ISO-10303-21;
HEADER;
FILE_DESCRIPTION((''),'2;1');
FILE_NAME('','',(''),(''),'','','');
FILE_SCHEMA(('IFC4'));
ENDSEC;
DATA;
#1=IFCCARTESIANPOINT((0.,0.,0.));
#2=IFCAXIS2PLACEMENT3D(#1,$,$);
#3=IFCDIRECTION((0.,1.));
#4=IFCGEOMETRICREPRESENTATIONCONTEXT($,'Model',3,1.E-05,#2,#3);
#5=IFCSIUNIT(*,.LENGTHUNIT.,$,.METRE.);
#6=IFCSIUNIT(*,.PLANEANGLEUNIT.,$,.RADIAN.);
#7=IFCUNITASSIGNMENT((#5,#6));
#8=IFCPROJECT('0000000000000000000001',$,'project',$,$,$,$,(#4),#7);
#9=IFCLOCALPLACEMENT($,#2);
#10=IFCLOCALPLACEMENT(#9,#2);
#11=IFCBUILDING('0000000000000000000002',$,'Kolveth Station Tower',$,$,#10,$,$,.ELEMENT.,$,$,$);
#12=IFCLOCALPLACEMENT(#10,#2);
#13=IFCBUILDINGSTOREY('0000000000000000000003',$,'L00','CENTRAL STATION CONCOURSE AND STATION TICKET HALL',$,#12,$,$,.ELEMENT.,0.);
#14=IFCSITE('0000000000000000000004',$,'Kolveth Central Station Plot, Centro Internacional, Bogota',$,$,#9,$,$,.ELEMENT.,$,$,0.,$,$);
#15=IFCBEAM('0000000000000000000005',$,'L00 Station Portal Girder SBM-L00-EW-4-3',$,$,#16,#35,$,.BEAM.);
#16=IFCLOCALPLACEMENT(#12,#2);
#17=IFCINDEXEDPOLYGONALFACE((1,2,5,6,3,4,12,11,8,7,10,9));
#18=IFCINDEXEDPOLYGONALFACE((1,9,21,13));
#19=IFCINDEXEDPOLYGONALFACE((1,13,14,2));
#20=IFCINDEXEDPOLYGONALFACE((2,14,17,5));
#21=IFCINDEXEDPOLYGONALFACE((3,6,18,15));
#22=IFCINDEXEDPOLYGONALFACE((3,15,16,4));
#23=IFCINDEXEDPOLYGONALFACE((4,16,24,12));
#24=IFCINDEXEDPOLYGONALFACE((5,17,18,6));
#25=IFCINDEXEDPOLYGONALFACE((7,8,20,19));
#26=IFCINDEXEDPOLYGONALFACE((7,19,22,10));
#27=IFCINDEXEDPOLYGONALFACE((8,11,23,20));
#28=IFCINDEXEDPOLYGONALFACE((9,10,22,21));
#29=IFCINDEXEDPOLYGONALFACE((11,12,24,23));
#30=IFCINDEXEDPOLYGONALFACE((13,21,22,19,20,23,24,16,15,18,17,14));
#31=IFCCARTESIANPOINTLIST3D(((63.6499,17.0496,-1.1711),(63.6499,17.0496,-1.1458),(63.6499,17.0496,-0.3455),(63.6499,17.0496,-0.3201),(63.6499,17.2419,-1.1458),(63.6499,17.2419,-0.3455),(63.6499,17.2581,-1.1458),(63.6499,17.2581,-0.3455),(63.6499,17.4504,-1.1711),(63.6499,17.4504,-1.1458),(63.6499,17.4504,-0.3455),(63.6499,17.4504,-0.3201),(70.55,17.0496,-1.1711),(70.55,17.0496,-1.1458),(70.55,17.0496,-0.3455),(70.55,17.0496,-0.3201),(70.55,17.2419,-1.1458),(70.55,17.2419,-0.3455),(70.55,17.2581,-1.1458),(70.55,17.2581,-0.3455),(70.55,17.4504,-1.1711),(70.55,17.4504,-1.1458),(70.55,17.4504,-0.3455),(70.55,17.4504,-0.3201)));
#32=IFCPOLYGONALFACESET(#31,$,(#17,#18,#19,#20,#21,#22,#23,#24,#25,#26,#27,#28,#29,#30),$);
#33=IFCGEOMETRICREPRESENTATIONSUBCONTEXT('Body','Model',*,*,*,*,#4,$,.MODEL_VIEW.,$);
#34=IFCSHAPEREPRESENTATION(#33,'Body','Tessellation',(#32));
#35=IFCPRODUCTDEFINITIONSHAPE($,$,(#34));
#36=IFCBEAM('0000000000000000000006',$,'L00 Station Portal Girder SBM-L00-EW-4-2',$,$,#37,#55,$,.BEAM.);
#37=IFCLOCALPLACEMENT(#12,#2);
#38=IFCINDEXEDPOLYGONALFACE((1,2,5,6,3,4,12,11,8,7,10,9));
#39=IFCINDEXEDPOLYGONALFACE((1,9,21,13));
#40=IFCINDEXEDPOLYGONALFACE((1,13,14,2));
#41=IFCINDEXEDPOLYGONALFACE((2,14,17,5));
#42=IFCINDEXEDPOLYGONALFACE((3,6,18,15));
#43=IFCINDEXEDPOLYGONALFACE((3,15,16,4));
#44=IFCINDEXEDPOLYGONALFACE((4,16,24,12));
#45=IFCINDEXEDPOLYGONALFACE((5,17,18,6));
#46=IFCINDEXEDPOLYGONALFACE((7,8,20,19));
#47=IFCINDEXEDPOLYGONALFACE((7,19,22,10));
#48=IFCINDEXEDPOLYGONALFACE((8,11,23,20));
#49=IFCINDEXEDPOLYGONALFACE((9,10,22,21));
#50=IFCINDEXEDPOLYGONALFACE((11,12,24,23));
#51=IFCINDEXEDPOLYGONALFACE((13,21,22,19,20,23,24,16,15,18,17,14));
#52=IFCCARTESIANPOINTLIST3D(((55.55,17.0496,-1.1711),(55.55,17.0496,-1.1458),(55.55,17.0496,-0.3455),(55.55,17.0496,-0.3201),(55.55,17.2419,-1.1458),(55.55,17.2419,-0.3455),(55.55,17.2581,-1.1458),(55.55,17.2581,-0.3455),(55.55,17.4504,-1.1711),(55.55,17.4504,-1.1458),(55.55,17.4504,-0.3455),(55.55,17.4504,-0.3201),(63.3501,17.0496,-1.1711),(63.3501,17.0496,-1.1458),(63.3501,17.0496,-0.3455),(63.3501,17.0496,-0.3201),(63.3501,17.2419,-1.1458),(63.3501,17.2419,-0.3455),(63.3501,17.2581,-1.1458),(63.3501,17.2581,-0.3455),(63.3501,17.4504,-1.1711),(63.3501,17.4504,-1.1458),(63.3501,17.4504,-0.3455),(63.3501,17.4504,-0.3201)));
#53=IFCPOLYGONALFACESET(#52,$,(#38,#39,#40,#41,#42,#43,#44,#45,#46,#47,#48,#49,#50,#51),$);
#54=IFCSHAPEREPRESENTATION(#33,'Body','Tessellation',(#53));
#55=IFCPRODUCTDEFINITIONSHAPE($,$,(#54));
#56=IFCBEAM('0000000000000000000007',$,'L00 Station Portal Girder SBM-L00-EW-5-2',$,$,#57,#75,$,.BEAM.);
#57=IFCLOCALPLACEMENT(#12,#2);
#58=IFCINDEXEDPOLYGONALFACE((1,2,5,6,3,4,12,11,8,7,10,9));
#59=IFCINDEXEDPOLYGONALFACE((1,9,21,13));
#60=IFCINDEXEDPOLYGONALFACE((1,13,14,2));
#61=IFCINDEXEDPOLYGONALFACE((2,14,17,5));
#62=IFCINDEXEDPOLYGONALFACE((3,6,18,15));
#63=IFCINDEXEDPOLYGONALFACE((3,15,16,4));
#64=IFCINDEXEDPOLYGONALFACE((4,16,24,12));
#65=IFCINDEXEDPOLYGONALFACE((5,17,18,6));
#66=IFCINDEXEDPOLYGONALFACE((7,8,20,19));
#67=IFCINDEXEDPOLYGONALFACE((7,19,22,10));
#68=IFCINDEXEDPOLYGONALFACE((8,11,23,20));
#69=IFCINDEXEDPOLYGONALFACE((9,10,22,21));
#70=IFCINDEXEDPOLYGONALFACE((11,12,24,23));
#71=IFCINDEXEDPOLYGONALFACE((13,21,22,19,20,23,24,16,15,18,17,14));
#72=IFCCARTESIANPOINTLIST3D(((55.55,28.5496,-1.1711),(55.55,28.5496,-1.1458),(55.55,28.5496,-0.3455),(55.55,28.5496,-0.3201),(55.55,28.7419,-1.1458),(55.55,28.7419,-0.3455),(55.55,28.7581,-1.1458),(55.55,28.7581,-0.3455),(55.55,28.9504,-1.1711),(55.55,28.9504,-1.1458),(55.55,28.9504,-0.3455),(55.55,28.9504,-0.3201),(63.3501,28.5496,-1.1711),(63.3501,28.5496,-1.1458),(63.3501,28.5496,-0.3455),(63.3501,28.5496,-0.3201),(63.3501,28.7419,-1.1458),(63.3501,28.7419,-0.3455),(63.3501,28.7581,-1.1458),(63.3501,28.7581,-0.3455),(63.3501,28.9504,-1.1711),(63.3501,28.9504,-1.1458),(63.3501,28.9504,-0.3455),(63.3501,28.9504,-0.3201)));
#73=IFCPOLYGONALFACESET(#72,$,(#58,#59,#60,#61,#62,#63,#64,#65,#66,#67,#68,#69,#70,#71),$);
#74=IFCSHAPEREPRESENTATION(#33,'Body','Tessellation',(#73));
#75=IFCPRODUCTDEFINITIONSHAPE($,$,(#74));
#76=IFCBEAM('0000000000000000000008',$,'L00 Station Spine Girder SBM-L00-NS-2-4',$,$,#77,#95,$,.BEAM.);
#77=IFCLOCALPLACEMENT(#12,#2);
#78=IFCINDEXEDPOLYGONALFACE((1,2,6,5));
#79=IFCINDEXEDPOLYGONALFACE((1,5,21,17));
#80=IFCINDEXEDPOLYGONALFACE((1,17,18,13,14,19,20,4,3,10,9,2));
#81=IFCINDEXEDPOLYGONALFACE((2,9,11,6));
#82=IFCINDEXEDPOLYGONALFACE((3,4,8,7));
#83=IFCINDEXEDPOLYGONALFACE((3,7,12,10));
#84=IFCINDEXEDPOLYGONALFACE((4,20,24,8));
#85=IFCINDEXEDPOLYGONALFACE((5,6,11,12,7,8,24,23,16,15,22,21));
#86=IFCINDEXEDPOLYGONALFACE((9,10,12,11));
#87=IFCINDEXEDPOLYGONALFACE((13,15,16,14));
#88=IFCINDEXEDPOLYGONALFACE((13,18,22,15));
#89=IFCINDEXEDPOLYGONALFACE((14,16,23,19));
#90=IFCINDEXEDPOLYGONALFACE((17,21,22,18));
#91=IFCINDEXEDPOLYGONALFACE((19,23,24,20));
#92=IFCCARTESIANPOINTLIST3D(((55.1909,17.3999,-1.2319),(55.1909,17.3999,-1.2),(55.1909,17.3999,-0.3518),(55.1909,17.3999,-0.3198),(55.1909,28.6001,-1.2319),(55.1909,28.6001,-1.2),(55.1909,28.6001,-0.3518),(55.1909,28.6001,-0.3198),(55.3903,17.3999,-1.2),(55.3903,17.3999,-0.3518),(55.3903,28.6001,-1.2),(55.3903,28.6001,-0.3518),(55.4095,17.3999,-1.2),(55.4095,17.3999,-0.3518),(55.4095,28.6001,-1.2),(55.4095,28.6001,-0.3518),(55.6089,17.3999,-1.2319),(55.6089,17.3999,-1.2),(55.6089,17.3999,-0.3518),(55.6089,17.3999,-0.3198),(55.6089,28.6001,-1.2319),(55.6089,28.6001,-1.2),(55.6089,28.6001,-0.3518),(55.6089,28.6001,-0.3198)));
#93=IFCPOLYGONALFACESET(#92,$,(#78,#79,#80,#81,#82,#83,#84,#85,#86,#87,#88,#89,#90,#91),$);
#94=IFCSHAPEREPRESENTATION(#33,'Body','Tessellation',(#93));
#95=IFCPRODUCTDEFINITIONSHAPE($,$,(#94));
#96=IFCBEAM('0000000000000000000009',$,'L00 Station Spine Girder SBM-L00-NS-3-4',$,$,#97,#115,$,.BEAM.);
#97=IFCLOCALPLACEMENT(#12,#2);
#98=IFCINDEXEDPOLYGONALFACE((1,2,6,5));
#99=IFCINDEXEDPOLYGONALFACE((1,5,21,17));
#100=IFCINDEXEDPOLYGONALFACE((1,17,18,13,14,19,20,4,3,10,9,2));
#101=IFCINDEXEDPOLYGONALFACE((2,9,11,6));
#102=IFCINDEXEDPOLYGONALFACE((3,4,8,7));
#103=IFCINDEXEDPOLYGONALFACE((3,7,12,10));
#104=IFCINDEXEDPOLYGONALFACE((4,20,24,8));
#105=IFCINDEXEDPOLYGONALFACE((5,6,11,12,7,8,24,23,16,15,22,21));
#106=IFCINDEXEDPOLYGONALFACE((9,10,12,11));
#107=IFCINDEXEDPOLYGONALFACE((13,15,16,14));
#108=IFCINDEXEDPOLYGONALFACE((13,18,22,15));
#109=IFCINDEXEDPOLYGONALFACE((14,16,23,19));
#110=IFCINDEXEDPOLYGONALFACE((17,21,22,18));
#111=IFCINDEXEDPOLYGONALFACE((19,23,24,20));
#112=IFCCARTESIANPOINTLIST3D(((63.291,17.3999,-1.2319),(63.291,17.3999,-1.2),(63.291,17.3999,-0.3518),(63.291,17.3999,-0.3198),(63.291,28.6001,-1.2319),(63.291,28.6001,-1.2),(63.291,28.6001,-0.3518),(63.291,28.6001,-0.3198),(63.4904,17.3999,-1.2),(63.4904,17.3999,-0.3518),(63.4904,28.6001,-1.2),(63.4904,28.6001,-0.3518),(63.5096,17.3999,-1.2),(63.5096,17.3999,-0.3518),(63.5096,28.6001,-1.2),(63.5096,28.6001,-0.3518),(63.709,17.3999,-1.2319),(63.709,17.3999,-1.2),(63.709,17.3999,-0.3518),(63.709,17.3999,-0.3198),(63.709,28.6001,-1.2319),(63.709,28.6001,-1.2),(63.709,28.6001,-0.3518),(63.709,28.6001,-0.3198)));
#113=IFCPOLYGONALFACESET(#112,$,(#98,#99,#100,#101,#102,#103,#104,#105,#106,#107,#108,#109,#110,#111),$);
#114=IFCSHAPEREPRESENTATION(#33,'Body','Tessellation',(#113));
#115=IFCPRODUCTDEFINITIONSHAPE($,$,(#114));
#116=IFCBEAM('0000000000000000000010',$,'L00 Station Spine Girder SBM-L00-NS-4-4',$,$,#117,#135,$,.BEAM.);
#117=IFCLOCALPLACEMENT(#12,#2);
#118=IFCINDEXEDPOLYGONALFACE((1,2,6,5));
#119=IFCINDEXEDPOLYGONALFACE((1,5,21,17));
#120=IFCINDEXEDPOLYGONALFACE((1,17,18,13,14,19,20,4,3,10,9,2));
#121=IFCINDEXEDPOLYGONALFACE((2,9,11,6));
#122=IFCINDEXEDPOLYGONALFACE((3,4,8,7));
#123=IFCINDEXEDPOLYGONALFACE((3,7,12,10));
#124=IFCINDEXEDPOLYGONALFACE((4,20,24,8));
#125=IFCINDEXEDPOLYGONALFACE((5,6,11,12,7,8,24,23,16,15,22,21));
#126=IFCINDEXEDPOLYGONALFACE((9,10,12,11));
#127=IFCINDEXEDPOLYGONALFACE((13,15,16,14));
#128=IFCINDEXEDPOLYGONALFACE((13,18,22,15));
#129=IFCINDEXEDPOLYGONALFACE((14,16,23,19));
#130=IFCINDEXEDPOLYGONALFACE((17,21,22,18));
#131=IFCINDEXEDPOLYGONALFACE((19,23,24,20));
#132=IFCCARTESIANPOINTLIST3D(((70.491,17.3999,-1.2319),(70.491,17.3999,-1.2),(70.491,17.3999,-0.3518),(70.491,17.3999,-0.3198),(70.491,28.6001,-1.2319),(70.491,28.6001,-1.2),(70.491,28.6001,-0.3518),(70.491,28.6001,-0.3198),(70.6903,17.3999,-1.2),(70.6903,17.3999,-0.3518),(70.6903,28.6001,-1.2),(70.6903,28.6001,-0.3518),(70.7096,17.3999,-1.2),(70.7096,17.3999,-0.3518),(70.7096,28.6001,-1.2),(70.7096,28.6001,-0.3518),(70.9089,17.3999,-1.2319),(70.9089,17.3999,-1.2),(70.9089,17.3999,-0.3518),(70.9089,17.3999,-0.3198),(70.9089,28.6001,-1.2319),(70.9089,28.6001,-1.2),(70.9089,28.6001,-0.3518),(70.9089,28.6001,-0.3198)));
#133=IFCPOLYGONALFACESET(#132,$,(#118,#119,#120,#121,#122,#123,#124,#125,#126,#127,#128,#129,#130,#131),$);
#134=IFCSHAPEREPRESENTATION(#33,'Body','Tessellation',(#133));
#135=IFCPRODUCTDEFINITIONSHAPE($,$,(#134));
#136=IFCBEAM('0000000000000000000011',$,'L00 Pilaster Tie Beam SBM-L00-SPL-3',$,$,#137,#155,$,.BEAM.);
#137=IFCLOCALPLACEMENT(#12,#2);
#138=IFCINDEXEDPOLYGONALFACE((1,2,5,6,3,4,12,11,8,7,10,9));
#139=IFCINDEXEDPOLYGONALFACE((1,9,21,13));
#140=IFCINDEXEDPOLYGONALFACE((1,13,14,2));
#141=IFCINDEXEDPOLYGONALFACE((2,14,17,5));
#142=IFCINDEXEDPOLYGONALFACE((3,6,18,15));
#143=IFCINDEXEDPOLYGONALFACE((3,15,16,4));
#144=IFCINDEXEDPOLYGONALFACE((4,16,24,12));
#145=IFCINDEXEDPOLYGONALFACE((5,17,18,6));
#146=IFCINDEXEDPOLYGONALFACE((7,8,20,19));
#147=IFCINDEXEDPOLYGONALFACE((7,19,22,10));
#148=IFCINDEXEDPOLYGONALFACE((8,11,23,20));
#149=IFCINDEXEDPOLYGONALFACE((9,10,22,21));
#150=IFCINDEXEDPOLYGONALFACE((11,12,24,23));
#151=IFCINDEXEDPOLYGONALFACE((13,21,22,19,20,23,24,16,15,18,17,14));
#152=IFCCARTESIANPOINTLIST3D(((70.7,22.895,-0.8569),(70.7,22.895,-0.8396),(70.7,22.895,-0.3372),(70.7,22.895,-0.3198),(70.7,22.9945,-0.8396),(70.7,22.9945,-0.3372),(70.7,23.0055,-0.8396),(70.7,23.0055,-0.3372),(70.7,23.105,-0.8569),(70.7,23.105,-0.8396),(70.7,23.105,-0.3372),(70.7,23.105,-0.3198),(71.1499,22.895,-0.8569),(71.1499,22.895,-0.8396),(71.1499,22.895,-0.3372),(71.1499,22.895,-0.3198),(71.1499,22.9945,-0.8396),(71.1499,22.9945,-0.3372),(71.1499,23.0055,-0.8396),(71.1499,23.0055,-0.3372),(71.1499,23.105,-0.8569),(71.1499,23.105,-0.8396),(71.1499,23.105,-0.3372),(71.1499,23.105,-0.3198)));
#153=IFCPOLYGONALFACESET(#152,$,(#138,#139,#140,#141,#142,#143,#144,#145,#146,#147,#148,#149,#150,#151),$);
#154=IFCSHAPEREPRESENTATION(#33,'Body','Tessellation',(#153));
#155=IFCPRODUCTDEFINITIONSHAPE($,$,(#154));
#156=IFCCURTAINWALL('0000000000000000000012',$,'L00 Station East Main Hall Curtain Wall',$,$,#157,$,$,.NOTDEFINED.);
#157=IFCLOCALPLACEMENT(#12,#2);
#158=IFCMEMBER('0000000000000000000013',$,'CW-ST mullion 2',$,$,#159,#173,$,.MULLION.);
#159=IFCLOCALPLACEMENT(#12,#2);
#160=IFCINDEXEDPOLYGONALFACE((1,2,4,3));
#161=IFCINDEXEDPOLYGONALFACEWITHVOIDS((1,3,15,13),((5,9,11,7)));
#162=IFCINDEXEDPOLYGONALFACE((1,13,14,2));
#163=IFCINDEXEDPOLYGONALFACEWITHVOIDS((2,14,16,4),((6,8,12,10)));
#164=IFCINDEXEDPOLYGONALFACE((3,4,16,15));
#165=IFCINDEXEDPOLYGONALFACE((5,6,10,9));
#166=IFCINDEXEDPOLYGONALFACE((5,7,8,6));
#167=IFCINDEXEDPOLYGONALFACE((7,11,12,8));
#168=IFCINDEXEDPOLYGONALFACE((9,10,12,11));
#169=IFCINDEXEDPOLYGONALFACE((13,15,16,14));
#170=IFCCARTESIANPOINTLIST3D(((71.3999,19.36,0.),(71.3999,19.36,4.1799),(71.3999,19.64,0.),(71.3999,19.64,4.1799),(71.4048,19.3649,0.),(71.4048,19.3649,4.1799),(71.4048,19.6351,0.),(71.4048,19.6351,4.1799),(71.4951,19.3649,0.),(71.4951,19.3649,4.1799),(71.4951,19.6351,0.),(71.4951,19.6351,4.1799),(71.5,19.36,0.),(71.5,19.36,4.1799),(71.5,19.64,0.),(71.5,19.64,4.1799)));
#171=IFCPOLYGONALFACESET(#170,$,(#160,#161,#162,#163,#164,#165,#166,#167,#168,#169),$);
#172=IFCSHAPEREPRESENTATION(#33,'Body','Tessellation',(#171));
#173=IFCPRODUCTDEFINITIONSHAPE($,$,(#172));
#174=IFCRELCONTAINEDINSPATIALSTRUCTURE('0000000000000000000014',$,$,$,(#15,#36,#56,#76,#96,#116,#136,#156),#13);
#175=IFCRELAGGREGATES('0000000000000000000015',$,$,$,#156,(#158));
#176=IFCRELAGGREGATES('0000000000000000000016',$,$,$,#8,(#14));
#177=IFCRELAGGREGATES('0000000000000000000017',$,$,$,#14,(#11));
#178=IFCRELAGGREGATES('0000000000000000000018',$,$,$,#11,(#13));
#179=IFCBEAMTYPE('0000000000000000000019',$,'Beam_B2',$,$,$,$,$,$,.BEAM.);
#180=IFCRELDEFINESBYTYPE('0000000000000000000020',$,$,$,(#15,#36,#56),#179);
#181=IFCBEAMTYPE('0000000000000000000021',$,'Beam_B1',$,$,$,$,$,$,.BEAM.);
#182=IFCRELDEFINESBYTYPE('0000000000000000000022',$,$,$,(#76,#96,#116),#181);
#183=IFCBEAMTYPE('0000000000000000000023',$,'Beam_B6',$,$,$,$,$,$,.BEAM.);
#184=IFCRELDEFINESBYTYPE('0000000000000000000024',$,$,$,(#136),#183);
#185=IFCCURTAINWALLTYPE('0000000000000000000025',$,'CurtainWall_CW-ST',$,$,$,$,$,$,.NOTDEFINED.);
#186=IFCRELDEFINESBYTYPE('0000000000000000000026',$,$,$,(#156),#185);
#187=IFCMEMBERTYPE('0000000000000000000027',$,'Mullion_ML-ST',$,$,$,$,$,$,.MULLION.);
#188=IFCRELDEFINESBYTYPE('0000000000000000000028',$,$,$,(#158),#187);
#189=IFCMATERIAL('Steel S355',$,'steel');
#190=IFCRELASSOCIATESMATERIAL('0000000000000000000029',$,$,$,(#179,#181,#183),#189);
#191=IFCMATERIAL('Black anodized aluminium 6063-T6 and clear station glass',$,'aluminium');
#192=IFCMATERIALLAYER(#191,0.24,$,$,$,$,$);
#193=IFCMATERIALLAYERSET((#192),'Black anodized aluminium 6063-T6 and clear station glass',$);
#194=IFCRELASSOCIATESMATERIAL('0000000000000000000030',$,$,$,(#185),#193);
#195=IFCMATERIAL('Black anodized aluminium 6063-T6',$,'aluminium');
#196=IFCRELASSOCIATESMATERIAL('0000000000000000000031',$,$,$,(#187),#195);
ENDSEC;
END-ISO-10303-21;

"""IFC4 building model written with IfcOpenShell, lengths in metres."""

from ifc_helpers import new_model, si_unit, direction, frame, origin, origin_2d, place, context, subcontext, project, spatial, hollow_rectangle, i_section, extrude, source, transform, mapped, material, layer, layer_set, material_profile, profile_set, type_object, element, aggregate, save


model = new_model("IFC4")

# Units and contexts
model_context = context("Model", 3, precision=1e-05, world=origin(), true_north=direction((0.0, 1.0)))
body_context = subcontext(model_context, "Body", "Model", "MODEL_VIEW")
ifc_project = project(units=[si_unit("LENGTHUNIT", "METRE"), si_unit("PLANEANGLEUNIT", "RADIAN")], contexts=[model_context])

# Site, building, storey
site_placement = place(None, origin())
site = spatial("IfcSite", under=ifc_project, at=site_placement, Name="Kolveth Central Station Plot, Centro Internacional, Bogota", CompositionType="ELEMENT", RefElevation=0.0)
building_placement = place(site_placement, origin())
building = spatial("IfcBuilding", under=site, at=building_placement, Name="Kolveth Station Tower", CompositionType="ELEMENT")
storey_placement = place(building_placement, origin())
storey = spatial("IfcBuildingStorey", under=building, at=storey_placement, Name="L00", Description="CENTRAL STATION CONCOURSE AND STATION TICKET HALL", CompositionType="ELEMENT", Elevation=0.0)

# Shared definitions
ifc_material_1 = material(Name="Steel S355", Category="steel")

# Beams
ifc_material_profile_1 = material_profile(ifc_material_1, i_section(OverallWidth=0.4009, OverallDepth=0.8511, WebThickness=0.0161, FlangeThickness=0.0254, at=origin_2d()), Name="W840x226")
ifc_profile_set_1 = profile_set([ifc_material_profile_1], Name="Steel S355")
beam_type_1 = type_object("IfcBeamType", Name="Beam_B2", PredefinedType="BEAM", material=ifc_profile_set_1)
shared_shape_1 = source(origin(), body_context, "Body", "SweptSolid", [
    extrude(i_section(OverallWidth=0.4009, OverallDepth=0.8511, WebThickness=0.0161, FlangeThickness=0.0254, at=origin_2d()), origin(), (0.0, 0.0, 1.0), 6.9001),
])
beam_1_placement = place(storey_placement, frame((63.6499, 17.25, -0.7456), z_axis=(1.0, 0.0, 0.0), x_axis=(0.0, 1.0, 0.0)))
element("IfcBeam", 1, at=beam_1_placement, inside=storey, type_object=beam_type_1, Name="L00 Station Portal Girder SBM-L00-EW-4-3", PredefinedType="BEAM", context=body_context, shape_type="MappedRepresentation", body=[
    mapped(shared_shape_1, transform((0.0, 0.0, 0.0), x_axis=(1.0, 0.0, 0.0), y_axis=(0.0, 1.0, 0.0), z_axis=(0.0, 0.0, 1.0), scale=1.0)),
])
shared_shape_2 = source(origin(), body_context, "Body", "SweptSolid", [
    extrude(i_section(OverallWidth=0.4009, OverallDepth=0.8511, WebThickness=0.0161, FlangeThickness=0.0254, at=origin_2d()), origin(), (0.0, 0.0, 1.0), 7.8),
])
for number, where, z_axis, x_axis, name in (
    (2, (55.55, 17.25, -0.7456), (1.0, 0.0, 0.0), (0.0, 1.0, 0.0), "L00 Station Portal Girder SBM-L00-EW-4-2"),
    (3, (55.55, 28.75, -0.7456), (1.0, 0.0, 0.0), (0.0, 1.0, 0.0), "L00 Station Portal Girder SBM-L00-EW-5-2"),
):
    element("IfcBeam", number, at=place(storey_placement, frame(where, z_axis=z_axis, x_axis=x_axis)), inside=storey, type_object=beam_type_1, Name=name, PredefinedType="BEAM", context=body_context, shape_type="MappedRepresentation", body=[
        mapped(shared_shape_2, transform((0.0, 0.0, 0.0), x_axis=(1.0, 0.0, 0.0), y_axis=(0.0, 1.0, 0.0), z_axis=(0.0, 0.0, 1.0), scale=1.0)),
    ])
ifc_material_profile_2 = material_profile(ifc_material_1, i_section(OverallWidth=0.418, OverallDepth=0.9121, WebThickness=0.0193, FlangeThickness=0.032, at=origin_2d()), Name="W920x342")
ifc_profile_set_2 = profile_set([ifc_material_profile_2], Name="Steel S355")
beam_type_2 = type_object("IfcBeamType", Name="Beam_B1", PredefinedType="BEAM", material=ifc_profile_set_2)
shared_shape_3 = source(origin(), body_context, "Body", "SweptSolid", [
    extrude(i_section(OverallWidth=0.418, OverallDepth=0.9121, WebThickness=0.0193, FlangeThickness=0.032, at=origin_2d()), origin(), (0.0, 0.0, 1.0), 11.2002),
])
for number, where, z_axis, x_axis, name in (
    (4, (55.3999, 17.3999, -0.7759), (0.0, 1.0, 0.0), (-1.0, 0.0, 0.0), "L00 Station Spine Girder SBM-L00-NS-2-4"),
    (5, (63.5, 17.3999, -0.7759), (0.0, 1.0, 0.0), (-1.0, 0.0, 0.0), "L00 Station Spine Girder SBM-L00-NS-3-4"),
    (6, (70.7, 17.3999, -0.7759), (0.0, 1.0, 0.0), (-1.0, 0.0, 0.0), "L00 Station Spine Girder SBM-L00-NS-4-4"),
):
    element("IfcBeam", number, at=place(storey_placement, frame(where, z_axis=z_axis, x_axis=x_axis)), inside=storey, type_object=beam_type_2, Name=name, PredefinedType="BEAM", context=body_context, shape_type="MappedRepresentation", body=[
        mapped(shared_shape_3, transform((0.0, 0.0, 0.0), x_axis=(1.0, 0.0, 0.0), y_axis=(0.0, 1.0, 0.0), z_axis=(0.0, 0.0, 1.0), scale=1.0)),
    ])
ifc_material_profile_3 = material_profile(ifc_material_1, i_section(OverallWidth=0.21, OverallDepth=0.5371, WebThickness=0.011, FlangeThickness=0.0173, at=origin_2d()), Name="W530x101")
ifc_profile_set_3 = profile_set([ifc_material_profile_3], Name="Steel S355")
beam_type_3 = type_object("IfcBeamType", Name="Beam_B6", PredefinedType="BEAM", material=ifc_profile_set_3)
shared_shape_4 = source(origin(), body_context, "Body", "SweptSolid", [
    extrude(i_section(OverallWidth=0.21, OverallDepth=0.5371, WebThickness=0.011, FlangeThickness=0.0173, at=origin_2d()), origin(), (0.0, 0.0, 1.0), 0.45),
])
beam_2_placement = place(storey_placement, frame((70.7, 23.0, -0.5884), z_axis=(1.0, 0.0, 0.0), x_axis=(0.0, 1.0, 0.0)))
element("IfcBeam", 7, at=beam_2_placement, inside=storey, type_object=beam_type_3, Name="L00 Pilaster Tie Beam SBM-L00-SPL-3", PredefinedType="BEAM", context=body_context, shape_type="MappedRepresentation", body=[
    mapped(shared_shape_4, transform((0.0, 0.0, 0.0), x_axis=(1.0, 0.0, 0.0), y_axis=(0.0, 1.0, 0.0), z_axis=(0.0, 0.0, 1.0), scale=1.0)),
])

# Curtain wall, member
ifc_material_2 = material(Name="Black anodized aluminium 6063-T6 and clear station glass", Category="aluminium")
ifc_layer_1 = layer(ifc_material_2, 0.24)
ifc_layer_set_1 = layer_set([ifc_layer_1], Name="Black anodized aluminium 6063-T6 and clear station glass")
curtain_wall_type = type_object("IfcCurtainWallType", Name="CurtainWall_CW-ST", PredefinedType="NOTDEFINED", material=ifc_layer_set_1)
curtain_wall_placement = place(storey_placement, origin())
curtain_wall = element("IfcCurtainWall", 8, at=curtain_wall_placement, inside=storey, type_object=curtain_wall_type, Name="L00 Station East Main Hall Curtain Wall", PredefinedType="NOTDEFINED")
ifc_material_3 = material(Name="Black anodized aluminium 6063-T6", Category="aluminium")
ifc_material_profile_4 = material_profile(ifc_material_3, hollow_rectangle(XDim=0.1001, YDim=0.28, WallThickness=0.0049, at=origin_2d()), Name="ALU-100x280x5")
ifc_profile_set_4 = profile_set([ifc_material_profile_4], Name="Black anodized aluminium 6063-T6")
member_type_1 = type_object("IfcMemberType", Name="Mullion_ML-ST", PredefinedType="MULLION", material=ifc_profile_set_4)
shared_shape_5 = source(origin(), body_context, "Body", "SweptSolid", [
    extrude(hollow_rectangle(XDim=0.1001, YDim=0.28, WallThickness=0.0049, at=origin_2d()), origin(), (0.0, 0.0, 1.0), 4.1799),
])
member_1_placement = place(storey_placement, frame((71.45, 19.5, 0.0), z_axis=(0.0, 0.0, 1.0), x_axis=(-1.0, 0.0, 0.0)))
member_1 = element("IfcMember", 9, at=member_1_placement, type_object=member_type_1, Name="CW-ST mullion 2", PredefinedType="MULLION", context=body_context, shape_type="MappedRepresentation", body=[
    mapped(shared_shape_5, transform((0.0, 0.0, 0.0), x_axis=(1.0, 0.0, 0.0), y_axis=(0.0, 1.0, 0.0), z_axis=(0.0, 0.0, 1.0), scale=1.0)),
])
aggregate(curtain_wall, [member_1])

save(model, "model.ifc")
